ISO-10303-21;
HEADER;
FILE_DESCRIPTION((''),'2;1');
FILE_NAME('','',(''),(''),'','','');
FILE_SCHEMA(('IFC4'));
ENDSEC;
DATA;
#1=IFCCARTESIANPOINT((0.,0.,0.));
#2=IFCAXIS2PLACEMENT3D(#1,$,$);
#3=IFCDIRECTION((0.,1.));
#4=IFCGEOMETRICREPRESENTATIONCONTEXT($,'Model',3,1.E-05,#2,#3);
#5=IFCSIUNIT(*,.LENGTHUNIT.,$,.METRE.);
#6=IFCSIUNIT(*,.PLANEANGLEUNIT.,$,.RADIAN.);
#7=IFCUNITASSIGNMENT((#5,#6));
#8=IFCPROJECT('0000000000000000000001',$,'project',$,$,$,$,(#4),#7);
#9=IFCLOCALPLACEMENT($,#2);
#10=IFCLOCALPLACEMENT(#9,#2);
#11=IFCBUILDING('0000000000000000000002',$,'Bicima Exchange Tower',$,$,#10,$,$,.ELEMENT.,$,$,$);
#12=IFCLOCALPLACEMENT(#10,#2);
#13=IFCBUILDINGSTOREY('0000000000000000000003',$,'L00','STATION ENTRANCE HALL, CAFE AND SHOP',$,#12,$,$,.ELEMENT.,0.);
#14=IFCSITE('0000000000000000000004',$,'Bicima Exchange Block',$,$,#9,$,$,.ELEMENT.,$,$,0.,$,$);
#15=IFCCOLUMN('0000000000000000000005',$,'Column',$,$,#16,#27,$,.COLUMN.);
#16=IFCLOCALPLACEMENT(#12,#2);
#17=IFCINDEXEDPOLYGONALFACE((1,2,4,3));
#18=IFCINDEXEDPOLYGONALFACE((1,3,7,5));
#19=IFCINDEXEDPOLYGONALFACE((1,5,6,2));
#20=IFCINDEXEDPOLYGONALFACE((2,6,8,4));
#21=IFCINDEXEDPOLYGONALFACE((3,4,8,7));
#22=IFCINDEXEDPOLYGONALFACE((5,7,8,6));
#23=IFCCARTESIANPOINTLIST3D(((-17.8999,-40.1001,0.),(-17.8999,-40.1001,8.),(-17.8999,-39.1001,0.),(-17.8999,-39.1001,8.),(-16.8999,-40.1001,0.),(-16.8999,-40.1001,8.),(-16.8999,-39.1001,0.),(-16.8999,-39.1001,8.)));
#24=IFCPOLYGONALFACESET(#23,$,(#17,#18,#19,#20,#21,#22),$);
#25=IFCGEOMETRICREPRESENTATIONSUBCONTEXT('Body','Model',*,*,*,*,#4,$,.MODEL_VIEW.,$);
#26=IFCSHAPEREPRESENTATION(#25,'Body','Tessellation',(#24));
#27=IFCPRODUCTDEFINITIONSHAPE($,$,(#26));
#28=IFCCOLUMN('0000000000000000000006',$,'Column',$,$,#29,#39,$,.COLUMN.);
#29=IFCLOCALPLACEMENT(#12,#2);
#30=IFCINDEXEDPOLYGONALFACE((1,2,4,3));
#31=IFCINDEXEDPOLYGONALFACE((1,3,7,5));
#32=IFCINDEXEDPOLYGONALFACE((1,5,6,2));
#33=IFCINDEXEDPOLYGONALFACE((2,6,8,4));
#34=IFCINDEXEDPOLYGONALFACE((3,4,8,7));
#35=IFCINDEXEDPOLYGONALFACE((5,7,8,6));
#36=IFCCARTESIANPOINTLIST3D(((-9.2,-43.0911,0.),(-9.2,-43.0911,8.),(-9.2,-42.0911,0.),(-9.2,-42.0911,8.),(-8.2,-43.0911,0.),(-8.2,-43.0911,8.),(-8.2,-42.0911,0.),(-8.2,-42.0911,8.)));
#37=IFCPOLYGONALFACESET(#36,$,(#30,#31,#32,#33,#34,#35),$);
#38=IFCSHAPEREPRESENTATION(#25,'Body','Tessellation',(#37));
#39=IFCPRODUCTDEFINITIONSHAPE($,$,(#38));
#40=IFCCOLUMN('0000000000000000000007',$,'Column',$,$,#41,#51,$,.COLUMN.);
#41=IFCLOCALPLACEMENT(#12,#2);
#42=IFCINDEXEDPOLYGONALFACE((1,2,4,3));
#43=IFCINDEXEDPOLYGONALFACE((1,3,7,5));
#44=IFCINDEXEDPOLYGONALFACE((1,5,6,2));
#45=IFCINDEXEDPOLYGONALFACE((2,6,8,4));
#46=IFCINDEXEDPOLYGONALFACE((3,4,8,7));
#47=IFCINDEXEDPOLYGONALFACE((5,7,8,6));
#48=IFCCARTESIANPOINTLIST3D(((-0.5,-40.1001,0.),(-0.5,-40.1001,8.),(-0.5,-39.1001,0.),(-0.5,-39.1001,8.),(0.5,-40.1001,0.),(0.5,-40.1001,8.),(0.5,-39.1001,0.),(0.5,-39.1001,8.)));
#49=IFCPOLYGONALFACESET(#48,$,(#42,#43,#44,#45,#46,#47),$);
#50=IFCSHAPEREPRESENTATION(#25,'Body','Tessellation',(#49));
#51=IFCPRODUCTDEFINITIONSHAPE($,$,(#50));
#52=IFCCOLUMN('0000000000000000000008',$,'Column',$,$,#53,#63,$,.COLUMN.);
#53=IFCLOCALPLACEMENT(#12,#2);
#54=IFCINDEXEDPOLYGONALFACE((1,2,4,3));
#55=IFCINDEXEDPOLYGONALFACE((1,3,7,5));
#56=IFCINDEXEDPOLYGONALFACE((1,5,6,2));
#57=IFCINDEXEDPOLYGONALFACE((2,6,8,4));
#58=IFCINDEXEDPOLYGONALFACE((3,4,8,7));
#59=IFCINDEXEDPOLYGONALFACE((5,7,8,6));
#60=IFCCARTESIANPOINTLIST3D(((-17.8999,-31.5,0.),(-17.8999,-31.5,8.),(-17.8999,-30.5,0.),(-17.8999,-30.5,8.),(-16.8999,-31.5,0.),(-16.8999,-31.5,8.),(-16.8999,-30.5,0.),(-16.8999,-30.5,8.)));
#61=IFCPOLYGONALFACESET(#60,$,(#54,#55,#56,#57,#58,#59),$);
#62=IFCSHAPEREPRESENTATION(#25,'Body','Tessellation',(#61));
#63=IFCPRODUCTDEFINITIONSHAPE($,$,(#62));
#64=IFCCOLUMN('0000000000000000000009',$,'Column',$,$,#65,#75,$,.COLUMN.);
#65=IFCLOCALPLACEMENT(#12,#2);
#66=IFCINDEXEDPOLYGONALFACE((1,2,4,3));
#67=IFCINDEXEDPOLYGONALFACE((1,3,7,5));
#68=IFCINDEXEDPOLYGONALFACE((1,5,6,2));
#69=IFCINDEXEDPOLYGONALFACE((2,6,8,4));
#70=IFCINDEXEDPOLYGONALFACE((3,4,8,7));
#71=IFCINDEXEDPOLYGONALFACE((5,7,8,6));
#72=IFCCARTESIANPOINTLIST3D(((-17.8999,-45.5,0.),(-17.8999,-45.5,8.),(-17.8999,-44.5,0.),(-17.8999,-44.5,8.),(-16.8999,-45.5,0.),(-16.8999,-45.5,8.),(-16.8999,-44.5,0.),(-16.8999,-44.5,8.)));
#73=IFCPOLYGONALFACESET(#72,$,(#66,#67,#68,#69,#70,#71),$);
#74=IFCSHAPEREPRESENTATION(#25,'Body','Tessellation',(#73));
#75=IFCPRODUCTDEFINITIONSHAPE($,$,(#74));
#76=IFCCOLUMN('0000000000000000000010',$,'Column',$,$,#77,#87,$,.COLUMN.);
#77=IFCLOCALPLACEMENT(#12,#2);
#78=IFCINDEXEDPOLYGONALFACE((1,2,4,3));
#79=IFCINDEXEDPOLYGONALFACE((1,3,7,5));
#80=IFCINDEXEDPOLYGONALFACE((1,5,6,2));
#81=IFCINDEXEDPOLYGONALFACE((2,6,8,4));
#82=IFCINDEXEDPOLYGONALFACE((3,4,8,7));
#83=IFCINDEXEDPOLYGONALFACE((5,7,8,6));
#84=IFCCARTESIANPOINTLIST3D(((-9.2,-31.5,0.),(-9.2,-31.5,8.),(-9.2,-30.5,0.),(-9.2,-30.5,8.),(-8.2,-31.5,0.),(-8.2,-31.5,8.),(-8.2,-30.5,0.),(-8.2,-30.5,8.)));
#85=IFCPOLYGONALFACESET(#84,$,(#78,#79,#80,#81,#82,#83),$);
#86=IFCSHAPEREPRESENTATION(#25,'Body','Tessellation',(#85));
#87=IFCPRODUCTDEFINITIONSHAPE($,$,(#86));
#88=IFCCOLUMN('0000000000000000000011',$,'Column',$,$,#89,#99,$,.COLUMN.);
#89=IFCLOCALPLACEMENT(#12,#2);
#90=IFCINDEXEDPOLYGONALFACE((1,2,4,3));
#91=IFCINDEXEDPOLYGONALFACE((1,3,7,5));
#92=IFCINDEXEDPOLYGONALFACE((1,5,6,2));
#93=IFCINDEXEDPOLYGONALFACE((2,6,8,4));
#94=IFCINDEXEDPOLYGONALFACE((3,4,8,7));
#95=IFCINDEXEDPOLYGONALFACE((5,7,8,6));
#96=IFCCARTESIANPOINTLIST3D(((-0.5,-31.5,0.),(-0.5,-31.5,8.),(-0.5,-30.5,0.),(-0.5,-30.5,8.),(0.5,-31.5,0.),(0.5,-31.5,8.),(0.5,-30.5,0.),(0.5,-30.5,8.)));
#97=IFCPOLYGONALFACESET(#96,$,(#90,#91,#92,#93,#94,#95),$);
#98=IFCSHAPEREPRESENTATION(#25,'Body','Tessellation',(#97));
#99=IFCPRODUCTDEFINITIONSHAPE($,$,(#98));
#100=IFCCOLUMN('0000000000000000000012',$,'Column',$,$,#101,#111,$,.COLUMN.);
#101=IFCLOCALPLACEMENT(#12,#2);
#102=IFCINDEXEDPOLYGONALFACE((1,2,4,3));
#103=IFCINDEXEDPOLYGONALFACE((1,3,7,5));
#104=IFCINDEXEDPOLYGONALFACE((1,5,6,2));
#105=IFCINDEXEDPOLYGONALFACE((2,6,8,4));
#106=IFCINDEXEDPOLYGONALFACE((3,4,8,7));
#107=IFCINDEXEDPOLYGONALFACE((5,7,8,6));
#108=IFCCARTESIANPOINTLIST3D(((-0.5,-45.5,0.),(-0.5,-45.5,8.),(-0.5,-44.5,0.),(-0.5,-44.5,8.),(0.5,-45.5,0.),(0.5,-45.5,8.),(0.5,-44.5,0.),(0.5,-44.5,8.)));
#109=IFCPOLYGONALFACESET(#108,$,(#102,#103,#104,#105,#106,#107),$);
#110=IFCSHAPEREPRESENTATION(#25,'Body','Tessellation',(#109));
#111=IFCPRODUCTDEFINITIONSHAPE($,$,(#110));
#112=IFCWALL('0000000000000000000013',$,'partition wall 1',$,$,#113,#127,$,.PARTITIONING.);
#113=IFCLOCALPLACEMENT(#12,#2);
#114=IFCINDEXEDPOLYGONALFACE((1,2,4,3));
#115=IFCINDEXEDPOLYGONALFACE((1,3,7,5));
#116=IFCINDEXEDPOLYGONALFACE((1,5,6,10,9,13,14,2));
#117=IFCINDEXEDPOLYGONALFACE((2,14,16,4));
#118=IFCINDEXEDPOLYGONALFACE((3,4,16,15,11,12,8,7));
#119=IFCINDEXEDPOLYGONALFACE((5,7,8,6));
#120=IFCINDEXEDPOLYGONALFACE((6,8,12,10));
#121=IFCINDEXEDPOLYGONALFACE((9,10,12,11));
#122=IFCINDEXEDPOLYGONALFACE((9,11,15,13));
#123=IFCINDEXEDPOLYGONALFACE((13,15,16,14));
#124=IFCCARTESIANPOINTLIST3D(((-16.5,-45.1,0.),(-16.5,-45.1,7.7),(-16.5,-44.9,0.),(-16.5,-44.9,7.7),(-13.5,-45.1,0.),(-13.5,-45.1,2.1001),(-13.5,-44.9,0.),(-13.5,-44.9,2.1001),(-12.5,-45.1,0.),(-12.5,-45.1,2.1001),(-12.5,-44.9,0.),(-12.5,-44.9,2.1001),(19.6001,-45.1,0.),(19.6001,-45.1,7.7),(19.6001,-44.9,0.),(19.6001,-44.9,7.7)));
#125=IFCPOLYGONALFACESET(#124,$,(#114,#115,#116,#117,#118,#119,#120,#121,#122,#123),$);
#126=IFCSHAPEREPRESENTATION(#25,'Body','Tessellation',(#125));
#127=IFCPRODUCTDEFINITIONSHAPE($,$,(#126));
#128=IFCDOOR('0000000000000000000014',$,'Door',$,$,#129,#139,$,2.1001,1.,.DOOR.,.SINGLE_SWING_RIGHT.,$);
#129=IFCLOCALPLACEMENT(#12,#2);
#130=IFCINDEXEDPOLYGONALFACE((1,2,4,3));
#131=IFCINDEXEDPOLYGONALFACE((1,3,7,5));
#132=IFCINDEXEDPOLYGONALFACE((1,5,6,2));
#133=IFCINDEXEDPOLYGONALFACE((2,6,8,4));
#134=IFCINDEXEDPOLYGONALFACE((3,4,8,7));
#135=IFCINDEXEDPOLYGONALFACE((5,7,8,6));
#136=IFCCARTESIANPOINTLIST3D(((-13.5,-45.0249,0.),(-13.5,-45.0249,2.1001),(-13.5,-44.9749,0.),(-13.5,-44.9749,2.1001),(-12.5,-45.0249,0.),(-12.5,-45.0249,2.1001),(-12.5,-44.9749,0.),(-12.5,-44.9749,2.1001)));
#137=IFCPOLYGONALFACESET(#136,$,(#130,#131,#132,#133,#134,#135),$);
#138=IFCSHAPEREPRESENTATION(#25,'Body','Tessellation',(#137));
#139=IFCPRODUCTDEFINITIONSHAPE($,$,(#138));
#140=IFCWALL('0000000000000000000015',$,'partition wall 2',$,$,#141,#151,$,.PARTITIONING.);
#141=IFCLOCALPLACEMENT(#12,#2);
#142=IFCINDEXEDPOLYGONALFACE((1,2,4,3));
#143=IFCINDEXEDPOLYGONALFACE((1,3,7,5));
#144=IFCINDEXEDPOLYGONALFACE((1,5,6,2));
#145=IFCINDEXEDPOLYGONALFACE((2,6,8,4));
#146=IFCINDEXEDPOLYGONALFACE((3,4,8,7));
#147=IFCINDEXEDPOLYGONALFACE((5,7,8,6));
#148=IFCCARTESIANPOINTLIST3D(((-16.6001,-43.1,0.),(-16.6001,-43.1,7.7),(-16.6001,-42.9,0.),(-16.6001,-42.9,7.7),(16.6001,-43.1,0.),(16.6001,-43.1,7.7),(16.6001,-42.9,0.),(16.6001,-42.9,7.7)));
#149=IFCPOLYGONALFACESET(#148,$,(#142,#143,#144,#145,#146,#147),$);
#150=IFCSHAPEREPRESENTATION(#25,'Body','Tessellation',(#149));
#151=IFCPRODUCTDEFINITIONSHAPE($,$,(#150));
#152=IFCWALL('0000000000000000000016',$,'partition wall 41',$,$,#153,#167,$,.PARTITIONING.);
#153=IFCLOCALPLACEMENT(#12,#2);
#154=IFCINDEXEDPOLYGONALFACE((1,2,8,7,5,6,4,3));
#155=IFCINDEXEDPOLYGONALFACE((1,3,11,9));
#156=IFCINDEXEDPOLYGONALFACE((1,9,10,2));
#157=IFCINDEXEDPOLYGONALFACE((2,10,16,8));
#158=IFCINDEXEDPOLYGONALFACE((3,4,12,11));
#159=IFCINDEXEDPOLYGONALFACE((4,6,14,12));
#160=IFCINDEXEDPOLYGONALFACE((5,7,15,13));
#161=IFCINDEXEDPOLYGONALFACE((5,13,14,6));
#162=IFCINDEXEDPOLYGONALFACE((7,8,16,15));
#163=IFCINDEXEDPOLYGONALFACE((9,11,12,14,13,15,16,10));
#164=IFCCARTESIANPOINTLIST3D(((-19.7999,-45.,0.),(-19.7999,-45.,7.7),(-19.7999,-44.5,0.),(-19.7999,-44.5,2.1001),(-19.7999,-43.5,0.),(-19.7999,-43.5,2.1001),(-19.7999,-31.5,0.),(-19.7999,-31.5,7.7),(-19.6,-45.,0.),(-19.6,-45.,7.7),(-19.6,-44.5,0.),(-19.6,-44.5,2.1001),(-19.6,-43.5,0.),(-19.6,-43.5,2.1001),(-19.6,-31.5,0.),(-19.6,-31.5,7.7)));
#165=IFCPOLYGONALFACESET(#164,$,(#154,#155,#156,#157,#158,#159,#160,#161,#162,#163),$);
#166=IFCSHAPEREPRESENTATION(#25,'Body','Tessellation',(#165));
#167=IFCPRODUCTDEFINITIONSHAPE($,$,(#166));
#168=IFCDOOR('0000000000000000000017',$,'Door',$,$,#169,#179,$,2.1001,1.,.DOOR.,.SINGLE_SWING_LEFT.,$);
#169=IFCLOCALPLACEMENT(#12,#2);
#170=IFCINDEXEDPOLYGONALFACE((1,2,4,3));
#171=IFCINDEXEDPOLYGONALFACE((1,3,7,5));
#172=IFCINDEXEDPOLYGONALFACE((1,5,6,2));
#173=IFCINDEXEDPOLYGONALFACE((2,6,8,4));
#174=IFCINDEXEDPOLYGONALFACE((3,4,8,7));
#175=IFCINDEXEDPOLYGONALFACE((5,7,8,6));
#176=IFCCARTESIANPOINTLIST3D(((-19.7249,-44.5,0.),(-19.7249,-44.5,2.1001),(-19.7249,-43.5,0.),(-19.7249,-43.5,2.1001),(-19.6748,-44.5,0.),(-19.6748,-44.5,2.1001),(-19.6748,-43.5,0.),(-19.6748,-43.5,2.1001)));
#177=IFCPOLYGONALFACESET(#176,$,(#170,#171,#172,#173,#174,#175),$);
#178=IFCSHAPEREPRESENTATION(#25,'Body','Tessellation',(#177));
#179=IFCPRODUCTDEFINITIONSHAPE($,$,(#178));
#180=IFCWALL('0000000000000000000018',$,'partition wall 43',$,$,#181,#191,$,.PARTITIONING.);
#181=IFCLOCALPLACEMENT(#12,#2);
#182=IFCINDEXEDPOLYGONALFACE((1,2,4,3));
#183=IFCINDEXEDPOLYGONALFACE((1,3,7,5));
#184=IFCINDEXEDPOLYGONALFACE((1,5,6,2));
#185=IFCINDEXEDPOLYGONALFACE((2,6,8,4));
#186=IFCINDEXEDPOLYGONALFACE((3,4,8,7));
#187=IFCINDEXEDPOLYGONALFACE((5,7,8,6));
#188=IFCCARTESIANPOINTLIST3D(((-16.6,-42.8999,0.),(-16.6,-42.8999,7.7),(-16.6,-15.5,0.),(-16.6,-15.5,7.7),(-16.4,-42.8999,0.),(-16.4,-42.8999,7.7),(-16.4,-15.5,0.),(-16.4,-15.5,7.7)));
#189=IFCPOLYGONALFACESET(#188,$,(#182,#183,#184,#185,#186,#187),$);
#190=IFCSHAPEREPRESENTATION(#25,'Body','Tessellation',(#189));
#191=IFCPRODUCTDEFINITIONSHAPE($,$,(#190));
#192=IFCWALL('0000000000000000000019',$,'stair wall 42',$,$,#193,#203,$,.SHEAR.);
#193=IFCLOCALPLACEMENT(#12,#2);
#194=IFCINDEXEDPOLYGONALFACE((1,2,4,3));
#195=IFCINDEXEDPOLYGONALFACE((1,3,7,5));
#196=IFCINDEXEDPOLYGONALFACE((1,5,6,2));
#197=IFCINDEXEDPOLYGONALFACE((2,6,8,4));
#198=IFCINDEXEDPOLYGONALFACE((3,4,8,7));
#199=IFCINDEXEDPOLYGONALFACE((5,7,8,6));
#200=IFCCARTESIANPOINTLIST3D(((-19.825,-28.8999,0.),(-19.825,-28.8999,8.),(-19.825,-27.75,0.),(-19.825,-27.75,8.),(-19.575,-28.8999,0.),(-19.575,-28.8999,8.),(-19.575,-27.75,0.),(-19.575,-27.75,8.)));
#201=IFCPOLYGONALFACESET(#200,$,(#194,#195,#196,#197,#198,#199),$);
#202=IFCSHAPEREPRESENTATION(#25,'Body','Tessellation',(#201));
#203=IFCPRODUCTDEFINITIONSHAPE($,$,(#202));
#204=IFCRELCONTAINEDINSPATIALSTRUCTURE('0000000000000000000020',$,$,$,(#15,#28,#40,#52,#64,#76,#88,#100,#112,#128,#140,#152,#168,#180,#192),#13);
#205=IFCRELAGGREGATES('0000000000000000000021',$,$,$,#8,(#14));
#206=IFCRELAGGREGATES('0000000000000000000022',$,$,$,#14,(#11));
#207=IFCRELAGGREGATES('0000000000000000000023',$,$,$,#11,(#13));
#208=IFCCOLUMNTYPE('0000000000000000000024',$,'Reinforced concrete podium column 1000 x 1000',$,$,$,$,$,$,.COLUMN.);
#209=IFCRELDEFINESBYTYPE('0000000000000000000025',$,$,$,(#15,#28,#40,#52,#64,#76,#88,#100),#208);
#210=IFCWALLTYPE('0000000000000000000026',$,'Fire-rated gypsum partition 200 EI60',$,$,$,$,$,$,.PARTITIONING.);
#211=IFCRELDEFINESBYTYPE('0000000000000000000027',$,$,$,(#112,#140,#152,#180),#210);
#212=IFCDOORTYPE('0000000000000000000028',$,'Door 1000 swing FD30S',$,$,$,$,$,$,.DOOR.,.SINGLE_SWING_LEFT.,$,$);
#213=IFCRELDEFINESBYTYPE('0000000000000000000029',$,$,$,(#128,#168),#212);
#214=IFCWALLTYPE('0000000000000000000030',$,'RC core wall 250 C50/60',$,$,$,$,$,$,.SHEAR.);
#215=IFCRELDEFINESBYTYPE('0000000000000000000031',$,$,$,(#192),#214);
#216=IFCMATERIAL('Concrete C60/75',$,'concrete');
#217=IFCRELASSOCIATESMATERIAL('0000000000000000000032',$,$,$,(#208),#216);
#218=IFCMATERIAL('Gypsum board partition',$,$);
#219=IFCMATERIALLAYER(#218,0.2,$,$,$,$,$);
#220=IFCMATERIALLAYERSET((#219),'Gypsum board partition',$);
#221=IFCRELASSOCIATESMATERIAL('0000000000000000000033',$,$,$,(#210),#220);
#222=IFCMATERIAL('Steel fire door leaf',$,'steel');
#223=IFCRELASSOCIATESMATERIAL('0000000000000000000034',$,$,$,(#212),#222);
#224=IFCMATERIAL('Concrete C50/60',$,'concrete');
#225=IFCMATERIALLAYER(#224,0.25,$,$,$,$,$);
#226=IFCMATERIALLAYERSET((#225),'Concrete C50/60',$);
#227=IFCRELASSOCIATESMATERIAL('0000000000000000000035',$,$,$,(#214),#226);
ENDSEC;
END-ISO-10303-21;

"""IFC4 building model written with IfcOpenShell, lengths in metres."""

from ifc_helpers import new_model, si_unit, direction, frame, frame_2d, origin, origin_2d, place, context, subcontext, project, spatial, rectangle, extrude, material, layer, layer_set, material_profile, profile_set, type_object, element, fill, save


model = new_model("IFC4")

# Units and contexts
model_context = context("Model", 3, precision=1e-05, world=origin(), true_north=direction((0.0, 1.0)))
body_context = subcontext(model_context, "Body", "Model", "MODEL_VIEW")
ifc_project = project(units=[si_unit("LENGTHUNIT", "METRE"), si_unit("PLANEANGLEUNIT", "RADIAN")], contexts=[model_context])

# Site, building, storey
site_placement = place(None, origin())
site = spatial("IfcSite", under=ifc_project, at=site_placement, Name="Bicima Exchange Block", CompositionType="ELEMENT", RefElevation=0.0)
building_placement = place(site_placement, origin())
building = spatial("IfcBuilding", under=site, at=building_placement, Name="Bicima Exchange Tower", CompositionType="ELEMENT")
storey_placement = place(building_placement, origin())
storey = spatial("IfcBuildingStorey", under=building, at=storey_placement, Name="L00", Description="STATION ENTRANCE HALL, CAFE AND SHOP", CompositionType="ELEMENT", Elevation=0.0)

# Columns
ifc_material_1 = material(Name="Concrete C60/75", Category="concrete")
ifc_material_profile = material_profile(ifc_material_1, rectangle(XDim=1.0, YDim=1.0, at=origin_2d()))
ifc_profile_set = profile_set([ifc_material_profile], Name="Concrete C60/75")
column_type = type_object("IfcColumnType", Name="Reinforced concrete podium column 1000 x 1000", PredefinedType="COLUMN", material=ifc_profile_set)
for number, where, z_axis, x_axis, name in (
    (1, (-17.3999, -39.6001, 0.0), (0.0, 0.0, 1.0), (1.0, 0.0, 0.0), "Column"),
    (2, (-8.7, -42.5911, 0.0), (0.0, 0.0, 1.0), (1.0, 0.0, 0.0), "Column"),
    (3, (0.0, -39.6001, 0.0), (0.0, 0.0, 1.0), (1.0, 0.0, 0.0), "Column"),
    (4, (-17.3999, -31.0, 0.0), (0.0, 0.0, 1.0), (1.0, 0.0, 0.0), "Column"),
    (5, (-17.3999, -45.0, 0.0), (0.0, 0.0, 1.0), (1.0, 0.0, 0.0), "Column"),
    (6, (-8.7, -31.0, 0.0), (0.0, 0.0, 1.0), (1.0, 0.0, 0.0), "Column"),
    (7, (0.0, -31.0, 0.0), (0.0, 0.0, 1.0), (1.0, 0.0, 0.0), "Column"),
    (8, (0.0, -45.0, 0.0), (0.0, 0.0, 1.0), (1.0, 0.0, 0.0), "Column"),
):
    element("IfcColumn", number, at=place(storey_placement, frame(where, z_axis=z_axis, x_axis=x_axis)), inside=storey, type_object=column_type, Name=name, PredefinedType="COLUMN", context=body_context, shape_type="SweptSolid", body=[
        extrude(rectangle(XDim=1.0, YDim=1.0, at=origin_2d()), origin(), (0.0, 0.0, 1.0), 8.0),
    ])

# Wall, opening, door
ifc_material_2 = material(Name="Gypsum board partition")
ifc_layer_1 = layer(ifc_material_2, 0.2)
ifc_layer_set_1 = layer_set([ifc_layer_1], Name="Gypsum board partition")
wall_type_1 = type_object("IfcWallType", Name="Fire-rated gypsum partition 200 EI60", PredefinedType="PARTITIONING", material=ifc_layer_set_1)
wall_1_placement = place(storey_placement, frame((-16.5, -45.0, 0.0), z_axis=(0.0, 0.0, 1.0), x_axis=(1.0, 0.0, 0.0)))
wall_1 = element("IfcWall", 9, at=wall_1_placement, inside=storey, type_object=wall_type_1, Name="partition wall 1", PredefinedType="PARTITIONING", context=body_context, shape_type="SweptSolid", body=[
    extrude(rectangle(XDim=36.1001, YDim=0.2, at=frame_2d((18.05, 0.0))), origin(), (0.0, 0.0, 1.0), 7.7),
])
opening_1_placement = place(wall_1_placement, frame((3.0, 0.0, 0.0)))
opening_1 = element("IfcOpeningElement", 10, at=opening_1_placement, cuts=wall_1, PredefinedType="OPENING", context=body_context, shape_type="SweptSolid", body=[
    extrude(rectangle(XDim=1.0, YDim=2.1001, at=frame_2d((0.5, 1.05))), frame((0.0, 0.1118, 0.0), z_axis=(0.0, -1.0, 0.0), x_axis=(1.0, 0.0, 0.0)), (0.0, 0.0, 1.0), 0.2239),
])
ifc_material_3 = material(Name="Steel fire door leaf", Category="steel")
door_type = type_object("IfcDoorType", Name="Door 1000 swing FD30S", OperationType="SINGLE_SWING_LEFT", PredefinedType="DOOR", material=ifc_material_3)
door_1_placement = place(opening_1_placement, frame((1.0, 0.0, 0.0), z_axis=(0.0, 0.0, 1.0), x_axis=(-1.0, 0.0, 0.0)))
door_1 = element("IfcDoor", 11, at=door_1_placement, inside=storey, type_object=door_type, Name="Door", OperationType="SINGLE_SWING_RIGHT", OverallHeight=2.1001, OverallWidth=1.0, PredefinedType="DOOR", context=body_context, shape_type="SweptSolid", body=[
    extrude(rectangle(XDim=1.0, YDim=2.1001, at=frame_2d((0.5, 1.05))), frame((0.0, 0.0249, 0.0), z_axis=(0.0, -1.0, 0.0), x_axis=(1.0, 0.0, 0.0)), (0.0, 0.0, 1.0), 0.05),
])
fill(opening_1, door_1)

# Wall
wall_2_placement = place(storey_placement, frame((-16.6001, -43.0, 0.0), z_axis=(0.0, 0.0, 1.0), x_axis=(1.0, 0.0, 0.0)))
element("IfcWall", 12, at=wall_2_placement, inside=storey, type_object=wall_type_1, Name="partition wall 2", PredefinedType="PARTITIONING", context=body_context, shape_type="SweptSolid", body=[
    extrude(rectangle(XDim=33.2002, YDim=0.2, at=frame_2d((16.6001, 0.0))), origin(), (0.0, 0.0, 1.0), 7.7),
])

# Wall, opening, door
wall_3_placement = place(storey_placement, frame((-19.7, -45.0, 0.0), z_axis=(0.0, 0.0, 1.0), x_axis=(0.0, 1.0, 0.0)))
wall_3 = element("IfcWall", 13, at=wall_3_placement, inside=storey, type_object=wall_type_1, Name="partition wall 41", PredefinedType="PARTITIONING", context=body_context, shape_type="SweptSolid", body=[
    extrude(rectangle(XDim=13.5, YDim=0.2, at=frame_2d((6.75, 0.0))), origin(), (0.0, 0.0, 1.0), 7.7),
])
opening_2_placement = place(wall_3_placement, frame((0.5, 0.0, 0.0)))
opening_2 = element("IfcOpeningElement", 14, at=opening_2_placement, cuts=wall_3, PredefinedType="OPENING", context=body_context, shape_type="SweptSolid", body=[
    extrude(rectangle(XDim=1.0, YDim=2.1001, at=frame_2d((0.5, 1.05))), frame((0.0, 0.1118, 0.0), z_axis=(0.0, -1.0, 0.0), x_axis=(1.0, 0.0, 0.0)), (0.0, 0.0, 1.0), 0.2239),
])
door_2_placement = place(opening_2_placement, origin())
door_2 = element("IfcDoor", 15, at=door_2_placement, inside=storey, type_object=door_type, Name="Door", OperationType="SINGLE_SWING_LEFT", OverallHeight=2.1001, OverallWidth=1.0, PredefinedType="DOOR", context=body_context, shape_type="SweptSolid", body=[
    extrude(rectangle(XDim=1.0, YDim=2.1001, at=frame_2d((0.5, 1.05))), frame((0.0, 0.0249, 0.0), z_axis=(0.0, -1.0, 0.0), x_axis=(1.0, 0.0, 0.0)), (0.0, 0.0, 1.0), 0.05),
])
fill(opening_2, door_2)

# Walls
wall_4_placement = place(storey_placement, frame((-16.5, -42.8999, 0.0), z_axis=(0.0, 0.0, 1.0), x_axis=(0.0, 1.0, 0.0)))
element("IfcWall", 16, at=wall_4_placement, inside=storey, type_object=wall_type_1, Name="partition wall 43", PredefinedType="PARTITIONING", context=body_context, shape_type="SweptSolid", body=[
    extrude(rectangle(XDim=27.3999, YDim=0.2, at=frame_2d((13.7, 0.0))), origin(), (0.0, 0.0, 1.0), 7.7),
])
ifc_material_4 = material(Name="Concrete C50/60", Category="concrete")
ifc_layer_2 = layer(ifc_material_4, 0.25)
ifc_layer_set_2 = layer_set([ifc_layer_2], Name="Concrete C50/60")
wall_type_2 = type_object("IfcWallType", Name="RC core wall 250 C50/60", PredefinedType="SHEAR", material=ifc_layer_set_2)
wall_5_placement = place(storey_placement, frame((-19.7, -28.8999, 0.0), z_axis=(0.0, 0.0, 1.0), x_axis=(0.0, 1.0, 0.0)))
element("IfcWall", 17, at=wall_5_placement, inside=storey, type_object=wall_type_2, Name="stair wall 42", PredefinedType="SHEAR", context=body_context, shape_type="SweptSolid", body=[
    extrude(rectangle(XDim=1.1499, YDim=0.25, at=frame_2d((0.575, 0.0))), origin(), (0.0, 0.0, 1.0), 8.0),
])

save(model, "model.ifc")
